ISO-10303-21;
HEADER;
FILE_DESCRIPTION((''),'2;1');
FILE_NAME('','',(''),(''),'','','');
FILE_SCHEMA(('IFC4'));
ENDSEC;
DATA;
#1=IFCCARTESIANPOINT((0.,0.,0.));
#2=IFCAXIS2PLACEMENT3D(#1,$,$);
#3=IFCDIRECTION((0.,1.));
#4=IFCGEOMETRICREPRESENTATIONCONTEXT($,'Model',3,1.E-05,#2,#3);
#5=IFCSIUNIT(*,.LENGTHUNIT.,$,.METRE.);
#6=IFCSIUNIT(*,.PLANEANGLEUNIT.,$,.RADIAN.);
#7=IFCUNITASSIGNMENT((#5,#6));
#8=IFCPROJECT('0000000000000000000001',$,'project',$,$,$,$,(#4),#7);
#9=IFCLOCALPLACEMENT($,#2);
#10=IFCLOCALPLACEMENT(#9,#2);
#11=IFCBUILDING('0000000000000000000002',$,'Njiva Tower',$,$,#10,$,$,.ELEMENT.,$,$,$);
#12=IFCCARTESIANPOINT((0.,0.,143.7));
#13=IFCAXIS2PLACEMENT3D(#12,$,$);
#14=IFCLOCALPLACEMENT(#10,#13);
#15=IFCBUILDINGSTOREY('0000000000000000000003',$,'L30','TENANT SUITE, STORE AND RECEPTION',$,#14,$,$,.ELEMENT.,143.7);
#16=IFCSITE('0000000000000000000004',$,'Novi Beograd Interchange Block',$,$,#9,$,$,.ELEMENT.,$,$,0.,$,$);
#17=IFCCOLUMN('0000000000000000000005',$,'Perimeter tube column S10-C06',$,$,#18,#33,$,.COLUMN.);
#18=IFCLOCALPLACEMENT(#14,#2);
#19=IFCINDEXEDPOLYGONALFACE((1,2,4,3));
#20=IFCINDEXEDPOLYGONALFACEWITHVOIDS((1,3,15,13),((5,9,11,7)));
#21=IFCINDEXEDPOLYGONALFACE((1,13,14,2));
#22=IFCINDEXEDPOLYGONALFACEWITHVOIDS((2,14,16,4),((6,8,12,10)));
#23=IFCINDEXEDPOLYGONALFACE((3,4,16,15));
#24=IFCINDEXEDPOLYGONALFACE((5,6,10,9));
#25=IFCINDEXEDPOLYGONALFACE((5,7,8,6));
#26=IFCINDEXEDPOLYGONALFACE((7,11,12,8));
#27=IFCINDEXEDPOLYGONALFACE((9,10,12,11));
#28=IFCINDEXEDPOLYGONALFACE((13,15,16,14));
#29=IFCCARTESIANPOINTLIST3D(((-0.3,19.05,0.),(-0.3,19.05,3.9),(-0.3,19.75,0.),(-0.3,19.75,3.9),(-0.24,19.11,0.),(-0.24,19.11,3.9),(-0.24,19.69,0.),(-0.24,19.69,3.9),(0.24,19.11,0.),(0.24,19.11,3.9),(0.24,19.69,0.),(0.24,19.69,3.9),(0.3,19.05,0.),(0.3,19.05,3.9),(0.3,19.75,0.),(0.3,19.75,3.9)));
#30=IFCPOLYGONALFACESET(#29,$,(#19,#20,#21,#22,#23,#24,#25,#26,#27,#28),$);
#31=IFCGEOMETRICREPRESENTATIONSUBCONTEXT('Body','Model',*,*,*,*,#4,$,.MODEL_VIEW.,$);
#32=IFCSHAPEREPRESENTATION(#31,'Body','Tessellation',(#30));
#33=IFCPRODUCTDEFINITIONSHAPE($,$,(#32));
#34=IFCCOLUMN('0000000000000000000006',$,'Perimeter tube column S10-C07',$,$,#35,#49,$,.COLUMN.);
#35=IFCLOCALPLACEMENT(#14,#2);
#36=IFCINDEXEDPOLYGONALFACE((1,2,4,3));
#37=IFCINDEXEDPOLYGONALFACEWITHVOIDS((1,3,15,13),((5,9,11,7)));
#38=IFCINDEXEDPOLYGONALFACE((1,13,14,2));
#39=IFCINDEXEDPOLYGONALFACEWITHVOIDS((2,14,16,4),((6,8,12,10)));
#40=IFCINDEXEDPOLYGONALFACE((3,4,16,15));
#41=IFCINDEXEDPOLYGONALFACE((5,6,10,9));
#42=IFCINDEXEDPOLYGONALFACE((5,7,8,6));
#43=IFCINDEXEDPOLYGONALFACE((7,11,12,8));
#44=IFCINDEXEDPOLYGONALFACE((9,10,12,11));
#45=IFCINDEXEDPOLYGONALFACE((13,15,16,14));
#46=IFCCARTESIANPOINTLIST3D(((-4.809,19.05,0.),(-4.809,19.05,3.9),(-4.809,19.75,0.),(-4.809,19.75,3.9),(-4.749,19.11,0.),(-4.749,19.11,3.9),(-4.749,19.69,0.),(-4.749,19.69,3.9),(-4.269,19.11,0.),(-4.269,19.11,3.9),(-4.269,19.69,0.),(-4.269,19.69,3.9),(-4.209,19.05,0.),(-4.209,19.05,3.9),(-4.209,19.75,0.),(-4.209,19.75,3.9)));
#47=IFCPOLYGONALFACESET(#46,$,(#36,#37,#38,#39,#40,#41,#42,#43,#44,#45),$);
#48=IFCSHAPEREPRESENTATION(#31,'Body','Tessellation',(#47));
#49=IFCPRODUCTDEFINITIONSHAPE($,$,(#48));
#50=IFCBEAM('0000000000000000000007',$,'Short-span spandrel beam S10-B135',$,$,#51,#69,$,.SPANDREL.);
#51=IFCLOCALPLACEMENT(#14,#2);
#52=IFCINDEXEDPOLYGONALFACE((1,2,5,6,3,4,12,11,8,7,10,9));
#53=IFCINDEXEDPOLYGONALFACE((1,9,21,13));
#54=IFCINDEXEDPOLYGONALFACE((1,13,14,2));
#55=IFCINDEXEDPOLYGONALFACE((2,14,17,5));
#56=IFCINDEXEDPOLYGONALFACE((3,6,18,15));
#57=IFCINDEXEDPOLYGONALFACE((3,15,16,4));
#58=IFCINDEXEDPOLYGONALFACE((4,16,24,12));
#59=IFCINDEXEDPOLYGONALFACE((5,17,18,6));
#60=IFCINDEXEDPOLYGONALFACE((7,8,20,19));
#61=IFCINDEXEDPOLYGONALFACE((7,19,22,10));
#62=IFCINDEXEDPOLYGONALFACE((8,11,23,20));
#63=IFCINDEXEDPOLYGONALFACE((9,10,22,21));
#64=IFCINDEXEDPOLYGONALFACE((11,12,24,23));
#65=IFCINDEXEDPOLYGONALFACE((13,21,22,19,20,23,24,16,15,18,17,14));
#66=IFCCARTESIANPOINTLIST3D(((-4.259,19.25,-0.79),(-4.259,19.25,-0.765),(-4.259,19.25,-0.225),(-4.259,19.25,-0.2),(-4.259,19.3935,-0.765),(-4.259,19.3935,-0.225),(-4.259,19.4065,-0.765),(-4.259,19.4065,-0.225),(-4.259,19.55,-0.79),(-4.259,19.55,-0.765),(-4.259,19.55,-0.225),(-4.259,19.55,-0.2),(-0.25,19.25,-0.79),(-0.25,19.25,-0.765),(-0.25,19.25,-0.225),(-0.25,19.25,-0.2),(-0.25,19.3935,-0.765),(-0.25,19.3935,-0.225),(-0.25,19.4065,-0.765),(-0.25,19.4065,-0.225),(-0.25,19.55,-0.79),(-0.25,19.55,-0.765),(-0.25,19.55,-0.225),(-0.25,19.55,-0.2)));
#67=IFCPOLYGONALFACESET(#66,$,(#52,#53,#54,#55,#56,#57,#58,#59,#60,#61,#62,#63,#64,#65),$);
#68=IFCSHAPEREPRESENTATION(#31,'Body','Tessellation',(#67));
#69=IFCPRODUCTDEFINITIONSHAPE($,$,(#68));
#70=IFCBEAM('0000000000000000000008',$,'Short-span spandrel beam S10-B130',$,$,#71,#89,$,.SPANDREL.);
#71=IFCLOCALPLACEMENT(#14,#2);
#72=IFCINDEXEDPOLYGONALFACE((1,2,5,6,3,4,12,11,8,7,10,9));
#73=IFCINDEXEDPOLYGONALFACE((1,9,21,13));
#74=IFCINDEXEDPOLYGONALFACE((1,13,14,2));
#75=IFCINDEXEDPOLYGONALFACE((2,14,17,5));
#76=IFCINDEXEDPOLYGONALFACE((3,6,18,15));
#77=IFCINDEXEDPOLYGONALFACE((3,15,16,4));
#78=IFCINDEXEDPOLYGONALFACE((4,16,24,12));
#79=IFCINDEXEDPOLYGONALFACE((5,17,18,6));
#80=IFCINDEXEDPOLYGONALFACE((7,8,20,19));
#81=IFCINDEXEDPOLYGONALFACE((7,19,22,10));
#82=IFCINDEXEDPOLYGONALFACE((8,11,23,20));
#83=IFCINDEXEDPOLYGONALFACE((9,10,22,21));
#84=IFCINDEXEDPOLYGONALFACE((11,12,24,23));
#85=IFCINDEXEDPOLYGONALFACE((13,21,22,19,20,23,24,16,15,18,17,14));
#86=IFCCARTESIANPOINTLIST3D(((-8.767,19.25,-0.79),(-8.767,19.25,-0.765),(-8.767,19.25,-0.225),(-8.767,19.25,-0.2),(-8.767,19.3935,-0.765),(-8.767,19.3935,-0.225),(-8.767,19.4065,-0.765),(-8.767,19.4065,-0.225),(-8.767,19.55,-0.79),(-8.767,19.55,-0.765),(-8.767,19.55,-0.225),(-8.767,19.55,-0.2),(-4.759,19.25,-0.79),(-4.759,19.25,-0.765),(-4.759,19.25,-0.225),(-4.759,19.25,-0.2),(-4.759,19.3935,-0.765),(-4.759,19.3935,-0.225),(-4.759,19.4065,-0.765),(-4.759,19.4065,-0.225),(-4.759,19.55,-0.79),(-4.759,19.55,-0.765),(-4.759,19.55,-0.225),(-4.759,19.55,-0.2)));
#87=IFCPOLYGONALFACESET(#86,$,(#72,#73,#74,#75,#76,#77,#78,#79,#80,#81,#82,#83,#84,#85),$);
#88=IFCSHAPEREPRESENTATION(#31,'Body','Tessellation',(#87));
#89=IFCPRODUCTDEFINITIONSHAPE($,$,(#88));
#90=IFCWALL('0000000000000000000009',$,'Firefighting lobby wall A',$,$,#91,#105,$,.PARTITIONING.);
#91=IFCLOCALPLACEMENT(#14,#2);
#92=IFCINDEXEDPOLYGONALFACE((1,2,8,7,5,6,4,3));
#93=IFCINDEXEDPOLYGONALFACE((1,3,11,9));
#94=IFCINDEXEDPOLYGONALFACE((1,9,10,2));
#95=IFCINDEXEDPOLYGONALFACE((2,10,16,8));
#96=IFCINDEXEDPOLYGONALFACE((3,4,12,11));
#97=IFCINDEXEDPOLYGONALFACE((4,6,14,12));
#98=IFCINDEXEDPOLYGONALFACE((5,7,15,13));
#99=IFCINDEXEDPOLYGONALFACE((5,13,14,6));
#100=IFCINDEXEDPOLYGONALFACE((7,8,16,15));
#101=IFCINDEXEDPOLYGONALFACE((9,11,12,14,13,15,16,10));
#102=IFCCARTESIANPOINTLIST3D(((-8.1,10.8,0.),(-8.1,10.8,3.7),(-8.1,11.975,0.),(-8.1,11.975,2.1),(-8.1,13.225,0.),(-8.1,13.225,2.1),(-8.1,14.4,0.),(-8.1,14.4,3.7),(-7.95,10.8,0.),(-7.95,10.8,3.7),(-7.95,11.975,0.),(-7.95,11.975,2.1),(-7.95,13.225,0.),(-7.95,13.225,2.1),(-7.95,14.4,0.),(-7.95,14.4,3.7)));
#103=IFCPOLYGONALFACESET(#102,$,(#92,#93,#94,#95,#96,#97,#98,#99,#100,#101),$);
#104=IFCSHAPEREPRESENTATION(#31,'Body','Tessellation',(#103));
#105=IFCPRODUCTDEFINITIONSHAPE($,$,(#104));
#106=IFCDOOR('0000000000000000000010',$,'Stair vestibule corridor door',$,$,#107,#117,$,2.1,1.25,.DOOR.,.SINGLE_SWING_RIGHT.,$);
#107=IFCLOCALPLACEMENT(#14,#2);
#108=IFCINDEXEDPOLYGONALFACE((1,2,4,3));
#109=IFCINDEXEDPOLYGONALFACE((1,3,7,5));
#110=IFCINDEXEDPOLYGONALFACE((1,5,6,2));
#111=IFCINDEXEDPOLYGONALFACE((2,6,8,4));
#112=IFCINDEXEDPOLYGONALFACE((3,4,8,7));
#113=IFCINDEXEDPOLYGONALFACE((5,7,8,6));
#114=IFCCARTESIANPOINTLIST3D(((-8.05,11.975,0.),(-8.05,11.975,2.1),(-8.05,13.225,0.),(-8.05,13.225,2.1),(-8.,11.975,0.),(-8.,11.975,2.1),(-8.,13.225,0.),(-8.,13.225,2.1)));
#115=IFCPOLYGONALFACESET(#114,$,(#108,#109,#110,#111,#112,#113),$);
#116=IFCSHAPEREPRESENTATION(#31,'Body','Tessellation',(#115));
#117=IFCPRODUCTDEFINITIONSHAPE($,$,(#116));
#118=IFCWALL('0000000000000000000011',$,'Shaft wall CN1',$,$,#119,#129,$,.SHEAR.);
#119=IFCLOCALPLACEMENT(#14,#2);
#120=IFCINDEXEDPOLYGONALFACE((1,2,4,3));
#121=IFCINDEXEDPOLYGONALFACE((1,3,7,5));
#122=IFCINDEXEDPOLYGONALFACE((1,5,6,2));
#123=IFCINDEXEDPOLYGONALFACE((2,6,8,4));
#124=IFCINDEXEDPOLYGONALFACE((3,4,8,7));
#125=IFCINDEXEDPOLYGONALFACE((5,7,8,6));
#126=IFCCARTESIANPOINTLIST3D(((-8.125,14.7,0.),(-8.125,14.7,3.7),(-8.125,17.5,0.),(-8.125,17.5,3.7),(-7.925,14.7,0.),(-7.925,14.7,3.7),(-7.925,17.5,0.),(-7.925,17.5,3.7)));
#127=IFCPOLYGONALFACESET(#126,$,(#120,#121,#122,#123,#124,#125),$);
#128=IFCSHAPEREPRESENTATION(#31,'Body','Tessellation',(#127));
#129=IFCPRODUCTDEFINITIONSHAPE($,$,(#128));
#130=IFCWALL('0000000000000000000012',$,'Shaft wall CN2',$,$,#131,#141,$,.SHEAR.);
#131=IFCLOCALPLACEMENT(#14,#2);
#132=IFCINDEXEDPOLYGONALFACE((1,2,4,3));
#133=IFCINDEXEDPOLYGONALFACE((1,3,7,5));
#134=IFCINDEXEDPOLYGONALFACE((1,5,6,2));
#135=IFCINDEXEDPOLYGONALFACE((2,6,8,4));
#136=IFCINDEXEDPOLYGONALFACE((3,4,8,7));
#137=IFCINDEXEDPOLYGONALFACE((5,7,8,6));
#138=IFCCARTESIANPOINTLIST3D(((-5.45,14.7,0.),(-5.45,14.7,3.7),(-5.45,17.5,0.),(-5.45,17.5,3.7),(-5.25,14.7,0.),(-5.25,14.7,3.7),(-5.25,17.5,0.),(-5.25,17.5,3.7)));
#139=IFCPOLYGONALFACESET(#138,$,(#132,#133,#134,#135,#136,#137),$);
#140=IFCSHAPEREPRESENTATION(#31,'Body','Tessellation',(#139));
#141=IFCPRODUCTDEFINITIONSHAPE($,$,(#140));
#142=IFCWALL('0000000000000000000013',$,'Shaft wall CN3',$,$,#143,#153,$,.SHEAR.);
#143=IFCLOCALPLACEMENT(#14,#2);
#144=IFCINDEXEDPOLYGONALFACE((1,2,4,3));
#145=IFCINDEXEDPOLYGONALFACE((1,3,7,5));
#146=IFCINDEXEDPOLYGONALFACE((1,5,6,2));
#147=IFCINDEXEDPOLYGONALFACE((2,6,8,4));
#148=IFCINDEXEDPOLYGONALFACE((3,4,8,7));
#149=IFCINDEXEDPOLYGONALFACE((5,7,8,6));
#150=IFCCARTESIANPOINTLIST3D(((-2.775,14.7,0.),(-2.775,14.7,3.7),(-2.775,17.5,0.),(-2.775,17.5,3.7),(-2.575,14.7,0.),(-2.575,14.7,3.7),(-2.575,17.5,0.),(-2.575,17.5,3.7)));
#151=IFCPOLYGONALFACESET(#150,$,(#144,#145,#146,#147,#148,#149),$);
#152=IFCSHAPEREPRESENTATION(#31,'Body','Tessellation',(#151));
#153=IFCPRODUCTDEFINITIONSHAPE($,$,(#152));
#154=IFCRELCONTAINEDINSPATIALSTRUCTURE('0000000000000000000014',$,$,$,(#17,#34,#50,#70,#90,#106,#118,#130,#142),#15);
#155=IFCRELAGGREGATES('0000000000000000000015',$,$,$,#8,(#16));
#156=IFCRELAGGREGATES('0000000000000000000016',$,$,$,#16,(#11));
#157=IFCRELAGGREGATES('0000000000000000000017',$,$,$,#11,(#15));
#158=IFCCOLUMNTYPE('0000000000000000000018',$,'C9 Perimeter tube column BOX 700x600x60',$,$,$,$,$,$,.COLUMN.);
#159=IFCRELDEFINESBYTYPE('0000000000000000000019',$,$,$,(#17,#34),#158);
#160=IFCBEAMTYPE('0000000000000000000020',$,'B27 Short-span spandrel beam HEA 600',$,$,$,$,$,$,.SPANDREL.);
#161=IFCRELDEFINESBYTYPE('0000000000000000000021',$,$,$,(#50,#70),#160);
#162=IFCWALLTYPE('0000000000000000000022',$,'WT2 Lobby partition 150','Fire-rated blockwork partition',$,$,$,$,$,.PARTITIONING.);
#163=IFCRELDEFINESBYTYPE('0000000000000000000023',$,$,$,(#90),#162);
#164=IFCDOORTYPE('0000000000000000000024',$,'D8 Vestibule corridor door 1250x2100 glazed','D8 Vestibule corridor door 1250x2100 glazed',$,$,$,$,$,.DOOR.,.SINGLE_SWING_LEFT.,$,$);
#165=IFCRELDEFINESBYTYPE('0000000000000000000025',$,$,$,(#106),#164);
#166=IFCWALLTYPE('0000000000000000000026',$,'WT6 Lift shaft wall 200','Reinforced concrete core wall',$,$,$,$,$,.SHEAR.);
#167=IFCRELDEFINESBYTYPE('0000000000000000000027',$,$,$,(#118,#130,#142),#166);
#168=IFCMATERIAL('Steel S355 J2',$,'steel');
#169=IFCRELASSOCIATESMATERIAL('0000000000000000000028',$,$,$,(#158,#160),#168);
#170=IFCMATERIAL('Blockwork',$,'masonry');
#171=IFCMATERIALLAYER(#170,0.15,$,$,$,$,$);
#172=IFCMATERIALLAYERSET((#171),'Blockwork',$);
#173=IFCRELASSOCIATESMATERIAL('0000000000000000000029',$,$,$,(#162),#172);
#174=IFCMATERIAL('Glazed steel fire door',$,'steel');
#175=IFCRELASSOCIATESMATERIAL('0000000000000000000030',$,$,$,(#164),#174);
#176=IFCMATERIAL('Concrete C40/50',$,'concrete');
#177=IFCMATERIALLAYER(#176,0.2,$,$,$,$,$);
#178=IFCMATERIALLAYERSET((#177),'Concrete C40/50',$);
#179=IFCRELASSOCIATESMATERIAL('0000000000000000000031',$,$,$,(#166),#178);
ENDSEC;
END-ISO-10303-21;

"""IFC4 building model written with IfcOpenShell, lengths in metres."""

from ifc_helpers import new_model, si_unit, direction, frame, frame_2d, origin, origin_2d, place, context, subcontext, project, spatial, rectangle, hollow_rectangle, i_section, extrude, material, layer, layer_set, material_profile, profile_set, type_object, element, fill, save


model = new_model("IFC4")

# Units and contexts
model_context = context("Model", 3, precision=1e-05, world=origin(), true_north=direction((0.0, 1.0)))
body_context = subcontext(model_context, "Body", "Model", "MODEL_VIEW")
ifc_project = project(units=[si_unit("LENGTHUNIT", "METRE"), si_unit("PLANEANGLEUNIT", "RADIAN")], contexts=[model_context])

# Site, building, storey
site_placement = place(None, origin())
site = spatial("IfcSite", under=ifc_project, at=site_placement, Name="Novi Beograd Interchange Block", CompositionType="ELEMENT", RefElevation=0.0)
building_placement = place(site_placement, origin())
building = spatial("IfcBuilding", under=site, at=building_placement, Name="Njiva Tower", CompositionType="ELEMENT")
storey_placement = place(building_placement, frame((0.0, 0.0, 143.7)))
storey = spatial("IfcBuildingStorey", under=building, at=storey_placement, Name="L30", Description="TENANT SUITE, STORE AND RECEPTION", CompositionType="ELEMENT", Elevation=143.7)

# Columns
ifc_material_1 = material(Name="Steel S355 J2", Category="steel")
ifc_material_profile_1 = material_profile(ifc_material_1, hollow_rectangle(XDim=0.6, YDim=0.7, WallThickness=0.06, at=origin_2d()), Name="BOX 700x600x60")
ifc_profile_set_1 = profile_set([ifc_material_profile_1], Name="Steel S355 J2")
column_type = type_object("IfcColumnType", Name="C9 Perimeter tube column BOX 700x600x60", PredefinedType="COLUMN", material=ifc_profile_set_1)
for number, where, z_axis, x_axis, name in (
    (1, (0.0, 19.4, 0.0), (0.0, 0.0, 1.0), (-1.0, 0.0, 0.0), "Perimeter tube column S10-C06"),
    (2, (-4.509, 19.4, 0.0), (0.0, 0.0, 1.0), (-1.0, 0.0, 0.0), "Perimeter tube column S10-C07"),
):
    element("IfcColumn", number, at=place(storey_placement, frame(where, z_axis=z_axis, x_axis=x_axis)), inside=storey, type_object=column_type, Name=name, PredefinedType="COLUMN", context=body_context, shape_type="SweptSolid", body=[
        extrude(hollow_rectangle(XDim=0.6, YDim=0.7, WallThickness=0.06, at=origin_2d()), origin(), (0.0, 0.0, 1.0), 3.9),
    ])

# Beams
ifc_material_profile_2 = material_profile(ifc_material_1, i_section(OverallWidth=0.3, OverallDepth=0.59, WebThickness=0.013, FlangeThickness=0.025, at=origin_2d()), Name="HEA 600")
ifc_profile_set_2 = profile_set([ifc_material_profile_2], Name="Steel S355 J2")
beam_type = type_object("IfcBeamType", Name="B27 Short-span spandrel beam HEA 600", PredefinedType="SPANDREL", material=ifc_profile_set_2)
beam_1_placement = place(storey_placement, frame((-0.25, 19.4, -0.495), z_axis=(-1.0, 0.0, 0.0), x_axis=(0.0, -1.0, 0.0)))
element("IfcBeam", 3, at=beam_1_placement, inside=storey, type_object=beam_type, Name="Short-span spandrel beam S10-B135", PredefinedType="SPANDREL", context=body_context, shape_type="SweptSolid", body=[
    extrude(i_section(OverallWidth=0.3, OverallDepth=0.59, WebThickness=0.013, FlangeThickness=0.025, at=origin_2d()), origin(), (0.0, 0.0, 1.0), 4.009),
])
beam_2_placement = place(storey_placement, frame((-4.759, 19.4, -0.495), z_axis=(-1.0, 0.0, 0.0), x_axis=(0.0, -1.0, 0.0)))
element("IfcBeam", 4, at=beam_2_placement, inside=storey, type_object=beam_type, Name="Short-span spandrel beam S10-B130", PredefinedType="SPANDREL", context=body_context, shape_type="SweptSolid", body=[
    extrude(i_section(OverallWidth=0.3, OverallDepth=0.59, WebThickness=0.013, FlangeThickness=0.025, at=origin_2d()), origin(), (0.0, 0.0, 1.0), 4.008),
])

# Wall, opening, door
ifc_material_2 = material(Name="Blockwork", Category="masonry")
ifc_layer_1 = layer(ifc_material_2, 0.15)
ifc_layer_set_1 = layer_set([ifc_layer_1], Name="Blockwork")
wall_type_1 = type_object("IfcWallType", Name="WT2 Lobby partition 150", Description="Fire-rated blockwork partition", PredefinedType="PARTITIONING", material=ifc_layer_set_1)
wall_placement = place(storey_placement, frame((-8.025, 10.8, 0.0), z_axis=(0.0, 0.0, 1.0), x_axis=(0.0, 1.0, 0.0)))
wall = element("IfcWall", 5, at=wall_placement, inside=storey, type_object=wall_type_1, Name="Firefighting lobby wall A", PredefinedType="PARTITIONING", context=body_context, shape_type="SweptSolid", body=[
    extrude(rectangle(XDim=3.6, YDim=0.15, at=frame_2d((1.8, 0.0))), origin(), (0.0, 0.0, 1.0), 3.7),
])
opening_placement = place(wall_placement, frame((1.175, 0.0, 0.0)))
opening = element("IfcOpeningElement", 6, at=opening_placement, cuts=wall, PredefinedType="OPENING", context=body_context, shape_type="SweptSolid", body=[
    extrude(rectangle(XDim=1.25, YDim=2.1, at=frame_2d((0.625, 1.05))), frame((0.0, 0.085, 0.0), z_axis=(0.0, -1.0, 0.0), x_axis=(1.0, 0.0, 0.0)), (0.0, 0.0, 1.0), 0.17),
])
ifc_material_3 = material(Name="Glazed steel fire door", Category="steel")
door_type = type_object("IfcDoorType", Name="D8 Vestibule corridor door 1250x2100 glazed", Description="D8 Vestibule corridor door 1250x2100 glazed", OperationType="SINGLE_SWING_LEFT", PredefinedType="DOOR", material=ifc_material_3)
door_placement = place(opening_placement, origin())
door = element("IfcDoor", 7, at=door_placement, inside=storey, type_object=door_type, Name="Stair vestibule corridor door", OperationType="SINGLE_SWING_RIGHT", OverallHeight=2.1, OverallWidth=1.25, PredefinedType="DOOR", context=body_context, shape_type="SweptSolid", body=[
    extrude(rectangle(XDim=1.25, YDim=2.1, at=frame_2d((0.625, 1.05))), frame((0.0, 0.025, 0.0), z_axis=(0.0, -1.0, 0.0), x_axis=(1.0, 0.0, 0.0)), (0.0, 0.0, 1.0), 0.05),
])
fill(opening, door)

# Walls
ifc_material_4 = material(Name="Concrete C40/50", Category="concrete")
ifc_layer_2 = layer(ifc_material_4, 0.2)
ifc_layer_set_2 = layer_set([ifc_layer_2], Name="Concrete C40/50")
wall_type_2 = type_object("IfcWallType", Name="WT6 Lift shaft wall 200", Description="Reinforced concrete core wall", PredefinedType="SHEAR", material=ifc_layer_set_2)
for number, where, z_axis, x_axis, name in (
    (8, (-8.025, 14.7, 0.0), (0.0, 0.0, 1.0), (0.0, 1.0, 0.0), "Shaft wall CN1"),
    (9, (-5.35, 14.7, 0.0), (0.0, 0.0, 1.0), (0.0, 1.0, 0.0), "Shaft wall CN2"),
    (10, (-2.675, 14.7, 0.0), (0.0, 0.0, 1.0), (0.0, 1.0, 0.0), "Shaft wall CN3"),
):
    element("IfcWall", number, at=place(storey_placement, frame(where, z_axis=z_axis, x_axis=x_axis)), inside=storey, type_object=wall_type_2, Name=name, PredefinedType="SHEAR", context=body_context, shape_type="SweptSolid", body=[
        extrude(rectangle(XDim=2.8, YDim=0.2, at=frame_2d((1.4, 0.0))), origin(), (0.0, 0.0, 1.0), 3.7),
    ])

save(model, "model.ifc")
